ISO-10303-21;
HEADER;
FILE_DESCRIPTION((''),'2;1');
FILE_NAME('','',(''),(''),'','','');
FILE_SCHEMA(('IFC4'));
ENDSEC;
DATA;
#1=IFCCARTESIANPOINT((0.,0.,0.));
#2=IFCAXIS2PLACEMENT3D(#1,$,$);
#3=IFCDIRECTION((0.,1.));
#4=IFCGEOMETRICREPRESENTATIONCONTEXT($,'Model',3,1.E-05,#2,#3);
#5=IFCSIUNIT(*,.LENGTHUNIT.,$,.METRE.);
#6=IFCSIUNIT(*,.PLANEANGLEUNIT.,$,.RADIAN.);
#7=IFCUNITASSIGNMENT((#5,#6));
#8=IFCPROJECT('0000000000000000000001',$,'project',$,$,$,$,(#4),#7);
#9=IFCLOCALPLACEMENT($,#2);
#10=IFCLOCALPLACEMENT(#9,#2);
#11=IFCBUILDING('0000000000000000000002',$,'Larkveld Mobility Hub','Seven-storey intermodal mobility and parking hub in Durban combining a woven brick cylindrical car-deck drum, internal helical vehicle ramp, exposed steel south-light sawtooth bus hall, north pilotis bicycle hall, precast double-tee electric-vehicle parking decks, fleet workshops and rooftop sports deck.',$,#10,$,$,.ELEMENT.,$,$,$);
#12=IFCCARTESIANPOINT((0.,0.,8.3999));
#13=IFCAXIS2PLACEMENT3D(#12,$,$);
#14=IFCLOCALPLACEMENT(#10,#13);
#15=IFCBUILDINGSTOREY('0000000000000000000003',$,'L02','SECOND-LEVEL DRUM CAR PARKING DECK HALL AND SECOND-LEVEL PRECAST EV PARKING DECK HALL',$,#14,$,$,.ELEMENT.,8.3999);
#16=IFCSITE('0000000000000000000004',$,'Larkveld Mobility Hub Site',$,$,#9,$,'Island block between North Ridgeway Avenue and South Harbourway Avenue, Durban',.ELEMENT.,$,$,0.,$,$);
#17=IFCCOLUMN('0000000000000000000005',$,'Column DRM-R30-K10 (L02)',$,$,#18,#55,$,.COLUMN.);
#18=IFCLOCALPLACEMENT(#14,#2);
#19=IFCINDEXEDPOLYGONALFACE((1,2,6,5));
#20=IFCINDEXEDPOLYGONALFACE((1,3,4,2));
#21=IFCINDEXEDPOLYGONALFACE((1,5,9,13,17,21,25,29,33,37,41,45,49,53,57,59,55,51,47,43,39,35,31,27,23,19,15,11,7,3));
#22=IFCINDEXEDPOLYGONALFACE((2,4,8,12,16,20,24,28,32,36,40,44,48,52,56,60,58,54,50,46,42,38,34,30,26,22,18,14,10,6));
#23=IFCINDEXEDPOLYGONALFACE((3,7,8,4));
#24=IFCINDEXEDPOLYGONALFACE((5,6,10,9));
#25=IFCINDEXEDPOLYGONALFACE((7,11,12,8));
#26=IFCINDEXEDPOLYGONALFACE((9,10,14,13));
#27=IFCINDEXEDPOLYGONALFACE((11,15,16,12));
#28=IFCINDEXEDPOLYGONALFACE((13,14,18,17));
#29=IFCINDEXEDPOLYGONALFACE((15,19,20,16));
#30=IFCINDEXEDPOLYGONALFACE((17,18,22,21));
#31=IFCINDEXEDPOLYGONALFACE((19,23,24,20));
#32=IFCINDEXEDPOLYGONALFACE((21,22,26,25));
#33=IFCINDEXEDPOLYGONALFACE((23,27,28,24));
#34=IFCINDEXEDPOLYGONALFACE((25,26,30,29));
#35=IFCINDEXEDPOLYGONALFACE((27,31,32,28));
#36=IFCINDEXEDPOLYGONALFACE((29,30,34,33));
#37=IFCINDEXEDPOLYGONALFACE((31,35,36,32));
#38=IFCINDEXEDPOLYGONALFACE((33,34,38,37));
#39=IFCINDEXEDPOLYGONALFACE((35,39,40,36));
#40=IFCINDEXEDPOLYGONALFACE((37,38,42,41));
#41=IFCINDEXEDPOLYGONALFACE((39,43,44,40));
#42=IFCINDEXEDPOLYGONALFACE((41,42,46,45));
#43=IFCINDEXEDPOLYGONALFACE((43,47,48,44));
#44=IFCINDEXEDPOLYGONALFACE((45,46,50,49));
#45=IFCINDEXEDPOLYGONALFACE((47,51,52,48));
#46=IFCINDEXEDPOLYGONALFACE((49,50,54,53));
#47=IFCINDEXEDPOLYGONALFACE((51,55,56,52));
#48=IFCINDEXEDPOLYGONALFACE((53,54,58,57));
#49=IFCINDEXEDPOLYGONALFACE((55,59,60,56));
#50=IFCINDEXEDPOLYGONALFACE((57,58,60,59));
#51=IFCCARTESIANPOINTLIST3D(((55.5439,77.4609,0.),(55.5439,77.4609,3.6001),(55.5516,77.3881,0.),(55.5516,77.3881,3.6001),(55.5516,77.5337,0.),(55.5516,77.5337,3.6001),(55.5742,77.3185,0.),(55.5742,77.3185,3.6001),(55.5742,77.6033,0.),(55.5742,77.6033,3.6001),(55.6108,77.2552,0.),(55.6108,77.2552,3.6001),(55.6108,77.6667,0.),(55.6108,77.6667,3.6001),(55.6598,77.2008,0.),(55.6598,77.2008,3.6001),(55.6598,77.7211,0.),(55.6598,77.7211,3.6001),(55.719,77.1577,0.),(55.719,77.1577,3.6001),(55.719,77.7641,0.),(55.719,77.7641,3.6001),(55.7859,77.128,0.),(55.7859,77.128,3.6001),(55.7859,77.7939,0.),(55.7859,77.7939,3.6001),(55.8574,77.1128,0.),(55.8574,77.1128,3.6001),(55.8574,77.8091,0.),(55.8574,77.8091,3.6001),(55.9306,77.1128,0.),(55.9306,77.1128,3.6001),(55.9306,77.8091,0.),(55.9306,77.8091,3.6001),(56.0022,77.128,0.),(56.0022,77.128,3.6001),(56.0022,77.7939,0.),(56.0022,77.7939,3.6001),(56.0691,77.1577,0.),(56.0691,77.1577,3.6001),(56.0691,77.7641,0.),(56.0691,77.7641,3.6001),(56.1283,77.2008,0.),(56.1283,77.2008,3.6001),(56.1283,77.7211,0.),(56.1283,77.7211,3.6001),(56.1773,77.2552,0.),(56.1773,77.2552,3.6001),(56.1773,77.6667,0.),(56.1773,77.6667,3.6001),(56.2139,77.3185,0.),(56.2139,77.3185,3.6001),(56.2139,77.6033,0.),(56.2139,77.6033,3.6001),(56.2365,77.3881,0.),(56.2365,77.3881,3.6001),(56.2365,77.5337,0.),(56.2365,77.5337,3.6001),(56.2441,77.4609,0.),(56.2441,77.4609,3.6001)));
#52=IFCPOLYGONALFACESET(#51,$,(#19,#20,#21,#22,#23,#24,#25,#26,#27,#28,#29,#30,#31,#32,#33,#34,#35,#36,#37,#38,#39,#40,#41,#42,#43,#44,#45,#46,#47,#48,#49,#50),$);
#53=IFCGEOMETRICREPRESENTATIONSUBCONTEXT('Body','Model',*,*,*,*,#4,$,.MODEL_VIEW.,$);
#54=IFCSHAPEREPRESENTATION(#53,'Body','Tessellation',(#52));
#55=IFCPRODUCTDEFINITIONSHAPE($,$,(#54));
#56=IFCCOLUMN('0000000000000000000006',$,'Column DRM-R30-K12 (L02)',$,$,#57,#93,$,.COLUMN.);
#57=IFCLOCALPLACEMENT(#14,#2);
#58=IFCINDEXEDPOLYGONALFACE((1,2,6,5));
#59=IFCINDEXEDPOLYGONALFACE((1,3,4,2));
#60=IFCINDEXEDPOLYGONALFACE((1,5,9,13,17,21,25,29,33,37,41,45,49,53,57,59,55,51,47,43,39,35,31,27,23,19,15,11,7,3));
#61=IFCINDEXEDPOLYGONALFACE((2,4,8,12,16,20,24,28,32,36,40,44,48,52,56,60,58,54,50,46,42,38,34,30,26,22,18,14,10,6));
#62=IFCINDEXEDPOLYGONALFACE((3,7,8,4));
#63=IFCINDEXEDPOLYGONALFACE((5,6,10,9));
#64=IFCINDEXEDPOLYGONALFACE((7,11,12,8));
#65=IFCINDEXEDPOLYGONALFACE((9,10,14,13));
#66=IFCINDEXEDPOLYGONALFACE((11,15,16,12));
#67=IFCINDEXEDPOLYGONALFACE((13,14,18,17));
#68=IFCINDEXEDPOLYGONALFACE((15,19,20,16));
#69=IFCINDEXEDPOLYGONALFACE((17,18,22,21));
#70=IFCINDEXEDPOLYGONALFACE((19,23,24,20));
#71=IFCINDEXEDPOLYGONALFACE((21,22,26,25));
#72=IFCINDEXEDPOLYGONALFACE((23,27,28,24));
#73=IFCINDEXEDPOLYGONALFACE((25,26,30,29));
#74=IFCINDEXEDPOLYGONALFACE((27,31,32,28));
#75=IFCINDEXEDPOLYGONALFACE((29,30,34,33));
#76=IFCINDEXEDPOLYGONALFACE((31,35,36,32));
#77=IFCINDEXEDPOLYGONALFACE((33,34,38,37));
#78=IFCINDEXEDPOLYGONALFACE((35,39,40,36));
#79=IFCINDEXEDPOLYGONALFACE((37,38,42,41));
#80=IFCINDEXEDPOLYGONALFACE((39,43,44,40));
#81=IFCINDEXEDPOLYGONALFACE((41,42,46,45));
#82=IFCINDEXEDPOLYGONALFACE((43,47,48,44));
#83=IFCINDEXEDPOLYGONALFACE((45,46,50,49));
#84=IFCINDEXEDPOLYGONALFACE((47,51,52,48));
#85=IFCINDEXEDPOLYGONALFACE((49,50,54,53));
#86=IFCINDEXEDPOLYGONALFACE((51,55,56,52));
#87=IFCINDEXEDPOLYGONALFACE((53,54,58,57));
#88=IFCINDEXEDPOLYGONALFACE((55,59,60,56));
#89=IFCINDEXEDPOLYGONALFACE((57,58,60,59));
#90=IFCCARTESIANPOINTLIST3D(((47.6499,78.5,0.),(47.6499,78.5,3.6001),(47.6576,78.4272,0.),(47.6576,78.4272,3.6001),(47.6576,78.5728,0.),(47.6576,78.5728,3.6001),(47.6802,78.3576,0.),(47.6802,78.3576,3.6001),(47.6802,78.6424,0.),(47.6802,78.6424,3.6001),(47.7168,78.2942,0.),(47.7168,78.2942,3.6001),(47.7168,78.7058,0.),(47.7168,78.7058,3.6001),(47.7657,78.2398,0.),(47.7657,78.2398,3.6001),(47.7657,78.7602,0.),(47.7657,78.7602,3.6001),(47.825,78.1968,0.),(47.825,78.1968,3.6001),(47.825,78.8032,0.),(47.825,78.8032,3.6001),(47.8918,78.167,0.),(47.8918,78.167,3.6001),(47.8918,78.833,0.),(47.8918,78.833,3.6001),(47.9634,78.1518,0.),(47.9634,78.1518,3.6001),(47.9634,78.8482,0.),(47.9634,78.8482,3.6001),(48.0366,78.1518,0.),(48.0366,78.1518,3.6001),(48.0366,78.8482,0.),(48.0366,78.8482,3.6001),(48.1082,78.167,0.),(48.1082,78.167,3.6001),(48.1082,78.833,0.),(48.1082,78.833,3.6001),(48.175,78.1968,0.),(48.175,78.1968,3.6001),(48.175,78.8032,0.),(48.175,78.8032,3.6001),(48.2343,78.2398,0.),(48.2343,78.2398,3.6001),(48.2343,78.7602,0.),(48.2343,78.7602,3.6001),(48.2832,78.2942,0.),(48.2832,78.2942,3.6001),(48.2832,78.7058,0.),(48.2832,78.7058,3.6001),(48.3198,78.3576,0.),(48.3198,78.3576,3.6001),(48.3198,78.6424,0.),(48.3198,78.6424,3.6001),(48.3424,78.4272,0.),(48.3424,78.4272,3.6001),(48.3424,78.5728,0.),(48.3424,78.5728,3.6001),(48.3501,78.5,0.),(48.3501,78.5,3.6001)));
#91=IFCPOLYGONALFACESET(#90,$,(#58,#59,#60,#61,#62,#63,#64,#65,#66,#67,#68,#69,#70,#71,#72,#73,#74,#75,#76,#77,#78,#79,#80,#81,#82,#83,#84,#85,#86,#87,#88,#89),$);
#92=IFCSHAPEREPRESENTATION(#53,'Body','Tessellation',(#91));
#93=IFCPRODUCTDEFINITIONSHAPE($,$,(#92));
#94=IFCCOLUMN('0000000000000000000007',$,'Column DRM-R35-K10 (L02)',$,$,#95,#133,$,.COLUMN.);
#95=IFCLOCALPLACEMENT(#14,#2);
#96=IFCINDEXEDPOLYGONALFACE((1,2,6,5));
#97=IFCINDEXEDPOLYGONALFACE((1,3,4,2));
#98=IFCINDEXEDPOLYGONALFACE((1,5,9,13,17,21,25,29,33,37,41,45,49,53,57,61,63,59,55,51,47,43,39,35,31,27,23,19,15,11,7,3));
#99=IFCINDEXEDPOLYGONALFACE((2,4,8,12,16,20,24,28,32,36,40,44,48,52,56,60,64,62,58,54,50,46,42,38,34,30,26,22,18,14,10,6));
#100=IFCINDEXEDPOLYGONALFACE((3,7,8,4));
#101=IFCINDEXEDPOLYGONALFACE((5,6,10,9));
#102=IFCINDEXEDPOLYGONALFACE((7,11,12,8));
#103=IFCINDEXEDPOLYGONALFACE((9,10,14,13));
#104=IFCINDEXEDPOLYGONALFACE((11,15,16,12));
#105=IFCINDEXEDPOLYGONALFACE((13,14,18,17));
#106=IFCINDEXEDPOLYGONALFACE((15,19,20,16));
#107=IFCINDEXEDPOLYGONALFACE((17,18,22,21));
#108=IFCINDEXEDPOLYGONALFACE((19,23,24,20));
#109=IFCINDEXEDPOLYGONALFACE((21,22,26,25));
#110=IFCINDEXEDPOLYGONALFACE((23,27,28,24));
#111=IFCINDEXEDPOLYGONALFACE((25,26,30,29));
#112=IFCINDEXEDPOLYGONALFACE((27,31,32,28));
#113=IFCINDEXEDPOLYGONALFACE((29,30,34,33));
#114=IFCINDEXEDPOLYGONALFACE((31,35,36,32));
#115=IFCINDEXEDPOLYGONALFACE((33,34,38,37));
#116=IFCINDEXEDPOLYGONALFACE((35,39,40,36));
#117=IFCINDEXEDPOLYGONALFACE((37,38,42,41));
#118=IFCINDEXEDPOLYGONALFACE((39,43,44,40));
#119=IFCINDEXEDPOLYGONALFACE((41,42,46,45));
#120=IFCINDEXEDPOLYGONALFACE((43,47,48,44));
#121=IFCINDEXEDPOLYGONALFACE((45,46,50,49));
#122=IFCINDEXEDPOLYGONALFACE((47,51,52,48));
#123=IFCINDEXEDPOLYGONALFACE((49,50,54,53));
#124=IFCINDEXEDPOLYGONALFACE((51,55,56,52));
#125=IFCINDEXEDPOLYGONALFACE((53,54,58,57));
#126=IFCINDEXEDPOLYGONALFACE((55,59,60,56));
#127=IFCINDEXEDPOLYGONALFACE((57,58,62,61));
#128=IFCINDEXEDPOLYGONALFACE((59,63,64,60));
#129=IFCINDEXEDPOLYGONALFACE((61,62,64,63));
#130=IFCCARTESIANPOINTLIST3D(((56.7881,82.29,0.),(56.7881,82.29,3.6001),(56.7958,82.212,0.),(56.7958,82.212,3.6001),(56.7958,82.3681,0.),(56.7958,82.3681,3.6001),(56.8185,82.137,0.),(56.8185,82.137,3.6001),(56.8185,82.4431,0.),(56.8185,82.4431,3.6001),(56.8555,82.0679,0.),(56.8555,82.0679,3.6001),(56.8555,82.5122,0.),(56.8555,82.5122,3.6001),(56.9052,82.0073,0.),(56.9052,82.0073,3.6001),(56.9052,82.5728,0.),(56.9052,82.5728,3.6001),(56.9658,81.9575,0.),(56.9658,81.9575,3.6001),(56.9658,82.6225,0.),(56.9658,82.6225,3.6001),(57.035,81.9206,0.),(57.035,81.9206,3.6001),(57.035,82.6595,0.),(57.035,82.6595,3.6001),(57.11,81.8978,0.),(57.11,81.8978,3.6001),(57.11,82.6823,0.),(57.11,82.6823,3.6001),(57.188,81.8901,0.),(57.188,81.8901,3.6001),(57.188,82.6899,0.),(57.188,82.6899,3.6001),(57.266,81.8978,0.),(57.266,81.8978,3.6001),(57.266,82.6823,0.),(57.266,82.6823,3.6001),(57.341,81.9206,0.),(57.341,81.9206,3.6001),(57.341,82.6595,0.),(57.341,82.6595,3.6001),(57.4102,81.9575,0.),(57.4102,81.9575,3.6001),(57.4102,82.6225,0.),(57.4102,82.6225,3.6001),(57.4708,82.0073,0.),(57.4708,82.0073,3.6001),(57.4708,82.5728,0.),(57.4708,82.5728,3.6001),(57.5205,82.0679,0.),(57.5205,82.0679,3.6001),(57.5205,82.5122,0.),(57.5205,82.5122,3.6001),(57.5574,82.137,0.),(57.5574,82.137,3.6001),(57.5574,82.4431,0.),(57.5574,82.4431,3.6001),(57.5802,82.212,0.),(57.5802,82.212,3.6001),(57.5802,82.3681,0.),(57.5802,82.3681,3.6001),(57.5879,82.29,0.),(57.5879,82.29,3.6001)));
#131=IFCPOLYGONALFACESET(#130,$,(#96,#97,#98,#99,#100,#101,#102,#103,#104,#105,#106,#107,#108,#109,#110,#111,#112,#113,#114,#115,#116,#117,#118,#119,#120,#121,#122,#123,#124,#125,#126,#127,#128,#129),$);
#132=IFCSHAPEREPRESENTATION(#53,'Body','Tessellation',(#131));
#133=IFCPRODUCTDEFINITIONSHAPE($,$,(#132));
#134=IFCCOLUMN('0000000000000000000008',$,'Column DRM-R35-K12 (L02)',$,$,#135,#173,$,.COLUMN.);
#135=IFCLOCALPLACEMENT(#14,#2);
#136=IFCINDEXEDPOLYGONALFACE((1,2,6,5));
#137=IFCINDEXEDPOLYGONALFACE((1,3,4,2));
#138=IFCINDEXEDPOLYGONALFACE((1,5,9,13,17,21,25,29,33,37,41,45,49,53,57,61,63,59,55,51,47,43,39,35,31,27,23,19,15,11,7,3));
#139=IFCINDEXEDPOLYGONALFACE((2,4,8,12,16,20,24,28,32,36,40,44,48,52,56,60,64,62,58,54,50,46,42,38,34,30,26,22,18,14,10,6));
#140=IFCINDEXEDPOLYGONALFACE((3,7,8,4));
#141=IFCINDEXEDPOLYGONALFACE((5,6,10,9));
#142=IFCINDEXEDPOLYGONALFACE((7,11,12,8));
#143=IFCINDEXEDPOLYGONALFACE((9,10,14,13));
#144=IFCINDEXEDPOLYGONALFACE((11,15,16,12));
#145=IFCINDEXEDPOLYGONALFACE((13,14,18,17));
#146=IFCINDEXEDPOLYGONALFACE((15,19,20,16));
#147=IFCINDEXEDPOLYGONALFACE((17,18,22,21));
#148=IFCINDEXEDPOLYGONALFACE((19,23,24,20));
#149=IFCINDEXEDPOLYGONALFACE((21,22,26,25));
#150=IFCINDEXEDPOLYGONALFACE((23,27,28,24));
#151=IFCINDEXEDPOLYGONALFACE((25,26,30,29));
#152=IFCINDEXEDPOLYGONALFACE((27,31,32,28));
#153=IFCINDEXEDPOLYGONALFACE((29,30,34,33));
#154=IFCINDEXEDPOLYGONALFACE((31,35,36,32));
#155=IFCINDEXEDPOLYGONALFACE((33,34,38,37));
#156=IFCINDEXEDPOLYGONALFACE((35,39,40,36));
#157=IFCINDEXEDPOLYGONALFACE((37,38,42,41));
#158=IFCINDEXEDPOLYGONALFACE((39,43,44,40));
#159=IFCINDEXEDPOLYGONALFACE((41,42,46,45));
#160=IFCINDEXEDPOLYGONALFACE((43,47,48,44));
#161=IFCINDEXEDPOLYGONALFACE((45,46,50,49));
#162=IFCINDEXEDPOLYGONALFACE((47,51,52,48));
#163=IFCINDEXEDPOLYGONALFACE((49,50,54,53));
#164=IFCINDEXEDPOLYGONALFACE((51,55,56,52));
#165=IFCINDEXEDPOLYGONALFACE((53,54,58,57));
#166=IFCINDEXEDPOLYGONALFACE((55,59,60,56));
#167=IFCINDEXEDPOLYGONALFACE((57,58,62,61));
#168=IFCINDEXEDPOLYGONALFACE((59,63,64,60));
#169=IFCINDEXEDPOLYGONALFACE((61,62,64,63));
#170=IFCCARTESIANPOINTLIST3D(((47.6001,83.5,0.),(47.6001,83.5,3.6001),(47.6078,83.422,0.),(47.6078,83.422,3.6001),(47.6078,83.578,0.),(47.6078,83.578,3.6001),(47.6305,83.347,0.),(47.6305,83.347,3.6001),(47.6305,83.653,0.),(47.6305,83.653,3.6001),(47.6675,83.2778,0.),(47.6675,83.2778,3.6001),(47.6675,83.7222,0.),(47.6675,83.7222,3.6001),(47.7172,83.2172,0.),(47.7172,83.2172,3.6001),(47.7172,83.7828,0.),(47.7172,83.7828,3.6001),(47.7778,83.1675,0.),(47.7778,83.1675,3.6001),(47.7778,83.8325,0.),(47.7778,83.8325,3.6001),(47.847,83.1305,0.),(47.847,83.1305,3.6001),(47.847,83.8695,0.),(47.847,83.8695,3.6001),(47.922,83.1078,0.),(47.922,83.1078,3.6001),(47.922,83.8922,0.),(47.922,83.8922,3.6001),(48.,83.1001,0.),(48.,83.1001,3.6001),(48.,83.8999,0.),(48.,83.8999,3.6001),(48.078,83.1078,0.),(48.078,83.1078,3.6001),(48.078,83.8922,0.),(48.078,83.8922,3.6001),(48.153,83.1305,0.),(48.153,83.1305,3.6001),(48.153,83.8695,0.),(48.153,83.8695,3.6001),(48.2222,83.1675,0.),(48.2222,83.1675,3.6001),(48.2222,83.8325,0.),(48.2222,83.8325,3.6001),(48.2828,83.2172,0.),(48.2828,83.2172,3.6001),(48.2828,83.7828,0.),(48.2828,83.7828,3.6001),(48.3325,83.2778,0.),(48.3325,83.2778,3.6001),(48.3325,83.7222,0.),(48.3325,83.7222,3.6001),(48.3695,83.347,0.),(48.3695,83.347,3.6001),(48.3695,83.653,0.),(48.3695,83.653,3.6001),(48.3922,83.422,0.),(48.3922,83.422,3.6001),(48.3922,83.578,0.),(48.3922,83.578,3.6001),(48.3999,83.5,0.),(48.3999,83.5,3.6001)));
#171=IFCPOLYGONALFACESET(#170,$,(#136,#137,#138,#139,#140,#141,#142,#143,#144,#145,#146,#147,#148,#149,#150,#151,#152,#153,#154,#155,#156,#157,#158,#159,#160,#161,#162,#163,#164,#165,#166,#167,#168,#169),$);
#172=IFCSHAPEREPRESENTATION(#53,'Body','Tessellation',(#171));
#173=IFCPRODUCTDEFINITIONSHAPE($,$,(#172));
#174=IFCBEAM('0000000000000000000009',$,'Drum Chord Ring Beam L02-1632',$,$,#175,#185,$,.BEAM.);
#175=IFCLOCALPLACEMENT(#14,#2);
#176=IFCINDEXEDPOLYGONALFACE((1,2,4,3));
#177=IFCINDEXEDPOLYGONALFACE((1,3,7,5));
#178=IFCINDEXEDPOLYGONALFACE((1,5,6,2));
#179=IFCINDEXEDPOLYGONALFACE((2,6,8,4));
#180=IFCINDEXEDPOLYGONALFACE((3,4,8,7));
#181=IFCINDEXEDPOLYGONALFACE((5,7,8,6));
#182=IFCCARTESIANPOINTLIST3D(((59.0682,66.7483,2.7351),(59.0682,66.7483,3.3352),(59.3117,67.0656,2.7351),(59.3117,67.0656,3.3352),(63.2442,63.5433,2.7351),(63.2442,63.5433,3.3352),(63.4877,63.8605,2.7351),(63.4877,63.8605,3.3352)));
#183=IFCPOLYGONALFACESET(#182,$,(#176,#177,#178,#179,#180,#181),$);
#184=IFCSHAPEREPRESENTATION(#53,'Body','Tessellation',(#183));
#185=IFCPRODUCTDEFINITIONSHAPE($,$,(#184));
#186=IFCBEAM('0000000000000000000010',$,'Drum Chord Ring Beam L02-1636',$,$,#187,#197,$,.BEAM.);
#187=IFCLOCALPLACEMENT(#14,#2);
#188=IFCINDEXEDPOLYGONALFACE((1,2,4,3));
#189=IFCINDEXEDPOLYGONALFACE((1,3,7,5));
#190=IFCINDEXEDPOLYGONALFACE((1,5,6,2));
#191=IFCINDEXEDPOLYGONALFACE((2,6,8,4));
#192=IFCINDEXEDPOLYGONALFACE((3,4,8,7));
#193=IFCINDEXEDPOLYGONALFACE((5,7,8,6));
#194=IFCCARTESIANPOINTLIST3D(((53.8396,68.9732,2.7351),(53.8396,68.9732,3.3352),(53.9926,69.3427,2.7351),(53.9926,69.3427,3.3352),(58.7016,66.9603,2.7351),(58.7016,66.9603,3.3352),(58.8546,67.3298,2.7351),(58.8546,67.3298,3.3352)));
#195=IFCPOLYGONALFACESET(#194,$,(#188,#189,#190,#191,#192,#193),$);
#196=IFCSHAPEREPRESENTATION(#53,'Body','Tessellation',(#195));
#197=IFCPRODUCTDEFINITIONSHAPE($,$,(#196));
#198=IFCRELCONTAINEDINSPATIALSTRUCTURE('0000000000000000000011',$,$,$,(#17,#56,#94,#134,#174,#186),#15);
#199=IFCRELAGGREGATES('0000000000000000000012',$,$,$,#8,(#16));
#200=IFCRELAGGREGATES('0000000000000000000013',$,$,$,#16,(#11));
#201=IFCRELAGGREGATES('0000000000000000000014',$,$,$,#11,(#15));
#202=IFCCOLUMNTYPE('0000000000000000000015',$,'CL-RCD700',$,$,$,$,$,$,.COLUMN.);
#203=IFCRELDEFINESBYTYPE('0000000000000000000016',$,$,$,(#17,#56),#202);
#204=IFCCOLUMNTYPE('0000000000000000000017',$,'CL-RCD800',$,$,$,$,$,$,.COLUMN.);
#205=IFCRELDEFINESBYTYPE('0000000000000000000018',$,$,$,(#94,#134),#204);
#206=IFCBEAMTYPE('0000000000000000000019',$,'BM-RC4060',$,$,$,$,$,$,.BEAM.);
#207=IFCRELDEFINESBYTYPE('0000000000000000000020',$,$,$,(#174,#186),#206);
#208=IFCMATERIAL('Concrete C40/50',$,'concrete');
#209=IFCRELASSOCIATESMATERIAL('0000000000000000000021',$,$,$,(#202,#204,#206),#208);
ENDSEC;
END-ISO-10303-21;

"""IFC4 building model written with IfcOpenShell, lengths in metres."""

from ifc_helpers import new_model, si_unit, direction, frame, origin, origin_2d, place, context, subcontext, project, spatial, rectangle, circle, extrude, material, material_profile, profile_set, type_object, element, save


model = new_model("IFC4")

# Units and contexts
model_context = context("Model", 3, precision=1e-05, world=origin(), true_north=direction((0.0, 1.0)))
body_context = subcontext(model_context, "Body", "Model", "MODEL_VIEW")
ifc_project = project(units=[si_unit("LENGTHUNIT", "METRE"), si_unit("PLANEANGLEUNIT", "RADIAN")], contexts=[model_context])

# Site, building, storey
site_placement = place(None, origin())
site = spatial("IfcSite", under=ifc_project, at=site_placement, Name="Larkveld Mobility Hub Site", LongName="Island block between North Ridgeway Avenue and South Harbourway Avenue, Durban", CompositionType="ELEMENT", RefElevation=0.0)
building_placement = place(site_placement, origin())
building = spatial("IfcBuilding", under=site, at=building_placement, Name="Larkveld Mobility Hub", Description="Seven-storey intermodal mobility and parking hub in Durban combining a woven brick cylindrical car-deck drum, internal helical vehicle ramp, exposed steel south-light sawtooth bus hall, north pilotis bicycle hall, precast double-tee electric-vehicle parking decks, fleet workshops and rooftop sports deck.", CompositionType="ELEMENT")
storey_placement = place(building_placement, frame((0.0, 0.0, 8.3999)))
storey = spatial("IfcBuildingStorey", under=building, at=storey_placement, Name="L02", Description="SECOND-LEVEL DRUM CAR PARKING DECK HALL AND SECOND-LEVEL PRECAST EV PARKING DECK HALL", CompositionType="ELEMENT", Elevation=8.3999)

# Columns
ifc_material_1 = material(Name="Concrete C40/50", Category="concrete")
ifc_material_profile_1 = material_profile(ifc_material_1, circle(Radius=0.3501, at=origin_2d()), Name="RC COL D700")
ifc_profile_set_1 = profile_set([ifc_material_profile_1], Name="Concrete C40/50")
column_type_1 = type_object("IfcColumnType", Name="CL-RCD700", PredefinedType="COLUMN", material=ifc_profile_set_1)
for number, where, z_axis, x_axis, name in (
    (1, (55.894, 77.4609, 0.0), (0.0, 0.0, 1.0), (1.0, 0.0, 0.0), "Column DRM-R30-K10 (L02)"),
    (2, (48.0, 78.5, 0.0), (0.0, 0.0, 1.0), (1.0, 0.0, 0.0), "Column DRM-R30-K12 (L02)"),
):
    element("IfcColumn", number, at=place(storey_placement, frame(where, z_axis=z_axis, x_axis=x_axis)), inside=storey, type_object=column_type_1, Name=name, PredefinedType="COLUMN", context=body_context, shape_type="SweptSolid", body=[
        extrude(circle(Radius=0.3501, at=origin_2d()), origin(), (0.0, 0.0, 1.0), 3.6001),
    ])
ifc_material_profile_2 = material_profile(ifc_material_1, circle(Radius=0.3999, at=origin_2d()), Name="RC COL D800")
ifc_profile_set_2 = profile_set([ifc_material_profile_2], Name="Concrete C40/50")
column_type_2 = type_object("IfcColumnType", Name="CL-RCD800", PredefinedType="COLUMN", material=ifc_profile_set_2)
for number, where, z_axis, x_axis, name in (
    (3, (57.188, 82.29, 0.0), (0.0, 0.0, 1.0), (1.0, 0.0, 0.0), "Column DRM-R35-K10 (L02)"),
    (4, (48.0, 83.5, 0.0), (0.0, 0.0, 1.0), (1.0, 0.0, 0.0), "Column DRM-R35-K12 (L02)"),
):
    element("IfcColumn", number, at=place(storey_placement, frame(where, z_axis=z_axis, x_axis=x_axis)), inside=storey, type_object=column_type_2, Name=name, PredefinedType="COLUMN", context=body_context, shape_type="SweptSolid", body=[
        extrude(circle(Radius=0.3999, at=origin_2d()), origin(), (0.0, 0.0, 1.0), 3.6001),
    ])

# Beams
ifc_material_profile_3 = material_profile(ifc_material_1, rectangle(XDim=0.3999, YDim=0.6001, at=origin_2d()), Name="RC BM 400x600")
ifc_profile_set_3 = profile_set([ifc_material_profile_3], Name="Concrete C40/50")
beam_type_1 = type_object("IfcBeamType", Name="BM-RC4060", PredefinedType="BEAM", material=ifc_profile_set_3)
beam_1_placement = place(storey_placement, frame((63.366, 63.7019, 3.0352), z_axis=(-0.793289, 0.608845, 0.0), x_axis=(-0.608845, -0.793289, 0.0)))
element("IfcBeam", 5, at=beam_1_placement, inside=storey, type_object=beam_type_1, Name="Drum Chord Ring Beam L02-1632", PredefinedType="BEAM", context=body_context, shape_type="SweptSolid", body=[
    extrude(rectangle(XDim=0.3999, YDim=0.6001, at=origin_2d()), origin(), (0.0, 0.0, 1.0), 5.2642),
])
beam_2_placement = place(storey_placement, frame((58.7781, 67.145, 3.0352), z_axis=(-0.923946, 0.382523, 0.0), x_axis=(-0.382523, -0.923946, 0.0)))
element("IfcBeam", 6, at=beam_2_placement, inside=storey, type_object=beam_type_1, Name="Drum Chord Ring Beam L02-1636", PredefinedType="BEAM", context=body_context, shape_type="SweptSolid", body=[
    extrude(rectangle(XDim=0.3999, YDim=0.6001, at=origin_2d()), origin(), (0.0, 0.0, 1.0), 5.2622),
])

save(model, "model.ifc")
